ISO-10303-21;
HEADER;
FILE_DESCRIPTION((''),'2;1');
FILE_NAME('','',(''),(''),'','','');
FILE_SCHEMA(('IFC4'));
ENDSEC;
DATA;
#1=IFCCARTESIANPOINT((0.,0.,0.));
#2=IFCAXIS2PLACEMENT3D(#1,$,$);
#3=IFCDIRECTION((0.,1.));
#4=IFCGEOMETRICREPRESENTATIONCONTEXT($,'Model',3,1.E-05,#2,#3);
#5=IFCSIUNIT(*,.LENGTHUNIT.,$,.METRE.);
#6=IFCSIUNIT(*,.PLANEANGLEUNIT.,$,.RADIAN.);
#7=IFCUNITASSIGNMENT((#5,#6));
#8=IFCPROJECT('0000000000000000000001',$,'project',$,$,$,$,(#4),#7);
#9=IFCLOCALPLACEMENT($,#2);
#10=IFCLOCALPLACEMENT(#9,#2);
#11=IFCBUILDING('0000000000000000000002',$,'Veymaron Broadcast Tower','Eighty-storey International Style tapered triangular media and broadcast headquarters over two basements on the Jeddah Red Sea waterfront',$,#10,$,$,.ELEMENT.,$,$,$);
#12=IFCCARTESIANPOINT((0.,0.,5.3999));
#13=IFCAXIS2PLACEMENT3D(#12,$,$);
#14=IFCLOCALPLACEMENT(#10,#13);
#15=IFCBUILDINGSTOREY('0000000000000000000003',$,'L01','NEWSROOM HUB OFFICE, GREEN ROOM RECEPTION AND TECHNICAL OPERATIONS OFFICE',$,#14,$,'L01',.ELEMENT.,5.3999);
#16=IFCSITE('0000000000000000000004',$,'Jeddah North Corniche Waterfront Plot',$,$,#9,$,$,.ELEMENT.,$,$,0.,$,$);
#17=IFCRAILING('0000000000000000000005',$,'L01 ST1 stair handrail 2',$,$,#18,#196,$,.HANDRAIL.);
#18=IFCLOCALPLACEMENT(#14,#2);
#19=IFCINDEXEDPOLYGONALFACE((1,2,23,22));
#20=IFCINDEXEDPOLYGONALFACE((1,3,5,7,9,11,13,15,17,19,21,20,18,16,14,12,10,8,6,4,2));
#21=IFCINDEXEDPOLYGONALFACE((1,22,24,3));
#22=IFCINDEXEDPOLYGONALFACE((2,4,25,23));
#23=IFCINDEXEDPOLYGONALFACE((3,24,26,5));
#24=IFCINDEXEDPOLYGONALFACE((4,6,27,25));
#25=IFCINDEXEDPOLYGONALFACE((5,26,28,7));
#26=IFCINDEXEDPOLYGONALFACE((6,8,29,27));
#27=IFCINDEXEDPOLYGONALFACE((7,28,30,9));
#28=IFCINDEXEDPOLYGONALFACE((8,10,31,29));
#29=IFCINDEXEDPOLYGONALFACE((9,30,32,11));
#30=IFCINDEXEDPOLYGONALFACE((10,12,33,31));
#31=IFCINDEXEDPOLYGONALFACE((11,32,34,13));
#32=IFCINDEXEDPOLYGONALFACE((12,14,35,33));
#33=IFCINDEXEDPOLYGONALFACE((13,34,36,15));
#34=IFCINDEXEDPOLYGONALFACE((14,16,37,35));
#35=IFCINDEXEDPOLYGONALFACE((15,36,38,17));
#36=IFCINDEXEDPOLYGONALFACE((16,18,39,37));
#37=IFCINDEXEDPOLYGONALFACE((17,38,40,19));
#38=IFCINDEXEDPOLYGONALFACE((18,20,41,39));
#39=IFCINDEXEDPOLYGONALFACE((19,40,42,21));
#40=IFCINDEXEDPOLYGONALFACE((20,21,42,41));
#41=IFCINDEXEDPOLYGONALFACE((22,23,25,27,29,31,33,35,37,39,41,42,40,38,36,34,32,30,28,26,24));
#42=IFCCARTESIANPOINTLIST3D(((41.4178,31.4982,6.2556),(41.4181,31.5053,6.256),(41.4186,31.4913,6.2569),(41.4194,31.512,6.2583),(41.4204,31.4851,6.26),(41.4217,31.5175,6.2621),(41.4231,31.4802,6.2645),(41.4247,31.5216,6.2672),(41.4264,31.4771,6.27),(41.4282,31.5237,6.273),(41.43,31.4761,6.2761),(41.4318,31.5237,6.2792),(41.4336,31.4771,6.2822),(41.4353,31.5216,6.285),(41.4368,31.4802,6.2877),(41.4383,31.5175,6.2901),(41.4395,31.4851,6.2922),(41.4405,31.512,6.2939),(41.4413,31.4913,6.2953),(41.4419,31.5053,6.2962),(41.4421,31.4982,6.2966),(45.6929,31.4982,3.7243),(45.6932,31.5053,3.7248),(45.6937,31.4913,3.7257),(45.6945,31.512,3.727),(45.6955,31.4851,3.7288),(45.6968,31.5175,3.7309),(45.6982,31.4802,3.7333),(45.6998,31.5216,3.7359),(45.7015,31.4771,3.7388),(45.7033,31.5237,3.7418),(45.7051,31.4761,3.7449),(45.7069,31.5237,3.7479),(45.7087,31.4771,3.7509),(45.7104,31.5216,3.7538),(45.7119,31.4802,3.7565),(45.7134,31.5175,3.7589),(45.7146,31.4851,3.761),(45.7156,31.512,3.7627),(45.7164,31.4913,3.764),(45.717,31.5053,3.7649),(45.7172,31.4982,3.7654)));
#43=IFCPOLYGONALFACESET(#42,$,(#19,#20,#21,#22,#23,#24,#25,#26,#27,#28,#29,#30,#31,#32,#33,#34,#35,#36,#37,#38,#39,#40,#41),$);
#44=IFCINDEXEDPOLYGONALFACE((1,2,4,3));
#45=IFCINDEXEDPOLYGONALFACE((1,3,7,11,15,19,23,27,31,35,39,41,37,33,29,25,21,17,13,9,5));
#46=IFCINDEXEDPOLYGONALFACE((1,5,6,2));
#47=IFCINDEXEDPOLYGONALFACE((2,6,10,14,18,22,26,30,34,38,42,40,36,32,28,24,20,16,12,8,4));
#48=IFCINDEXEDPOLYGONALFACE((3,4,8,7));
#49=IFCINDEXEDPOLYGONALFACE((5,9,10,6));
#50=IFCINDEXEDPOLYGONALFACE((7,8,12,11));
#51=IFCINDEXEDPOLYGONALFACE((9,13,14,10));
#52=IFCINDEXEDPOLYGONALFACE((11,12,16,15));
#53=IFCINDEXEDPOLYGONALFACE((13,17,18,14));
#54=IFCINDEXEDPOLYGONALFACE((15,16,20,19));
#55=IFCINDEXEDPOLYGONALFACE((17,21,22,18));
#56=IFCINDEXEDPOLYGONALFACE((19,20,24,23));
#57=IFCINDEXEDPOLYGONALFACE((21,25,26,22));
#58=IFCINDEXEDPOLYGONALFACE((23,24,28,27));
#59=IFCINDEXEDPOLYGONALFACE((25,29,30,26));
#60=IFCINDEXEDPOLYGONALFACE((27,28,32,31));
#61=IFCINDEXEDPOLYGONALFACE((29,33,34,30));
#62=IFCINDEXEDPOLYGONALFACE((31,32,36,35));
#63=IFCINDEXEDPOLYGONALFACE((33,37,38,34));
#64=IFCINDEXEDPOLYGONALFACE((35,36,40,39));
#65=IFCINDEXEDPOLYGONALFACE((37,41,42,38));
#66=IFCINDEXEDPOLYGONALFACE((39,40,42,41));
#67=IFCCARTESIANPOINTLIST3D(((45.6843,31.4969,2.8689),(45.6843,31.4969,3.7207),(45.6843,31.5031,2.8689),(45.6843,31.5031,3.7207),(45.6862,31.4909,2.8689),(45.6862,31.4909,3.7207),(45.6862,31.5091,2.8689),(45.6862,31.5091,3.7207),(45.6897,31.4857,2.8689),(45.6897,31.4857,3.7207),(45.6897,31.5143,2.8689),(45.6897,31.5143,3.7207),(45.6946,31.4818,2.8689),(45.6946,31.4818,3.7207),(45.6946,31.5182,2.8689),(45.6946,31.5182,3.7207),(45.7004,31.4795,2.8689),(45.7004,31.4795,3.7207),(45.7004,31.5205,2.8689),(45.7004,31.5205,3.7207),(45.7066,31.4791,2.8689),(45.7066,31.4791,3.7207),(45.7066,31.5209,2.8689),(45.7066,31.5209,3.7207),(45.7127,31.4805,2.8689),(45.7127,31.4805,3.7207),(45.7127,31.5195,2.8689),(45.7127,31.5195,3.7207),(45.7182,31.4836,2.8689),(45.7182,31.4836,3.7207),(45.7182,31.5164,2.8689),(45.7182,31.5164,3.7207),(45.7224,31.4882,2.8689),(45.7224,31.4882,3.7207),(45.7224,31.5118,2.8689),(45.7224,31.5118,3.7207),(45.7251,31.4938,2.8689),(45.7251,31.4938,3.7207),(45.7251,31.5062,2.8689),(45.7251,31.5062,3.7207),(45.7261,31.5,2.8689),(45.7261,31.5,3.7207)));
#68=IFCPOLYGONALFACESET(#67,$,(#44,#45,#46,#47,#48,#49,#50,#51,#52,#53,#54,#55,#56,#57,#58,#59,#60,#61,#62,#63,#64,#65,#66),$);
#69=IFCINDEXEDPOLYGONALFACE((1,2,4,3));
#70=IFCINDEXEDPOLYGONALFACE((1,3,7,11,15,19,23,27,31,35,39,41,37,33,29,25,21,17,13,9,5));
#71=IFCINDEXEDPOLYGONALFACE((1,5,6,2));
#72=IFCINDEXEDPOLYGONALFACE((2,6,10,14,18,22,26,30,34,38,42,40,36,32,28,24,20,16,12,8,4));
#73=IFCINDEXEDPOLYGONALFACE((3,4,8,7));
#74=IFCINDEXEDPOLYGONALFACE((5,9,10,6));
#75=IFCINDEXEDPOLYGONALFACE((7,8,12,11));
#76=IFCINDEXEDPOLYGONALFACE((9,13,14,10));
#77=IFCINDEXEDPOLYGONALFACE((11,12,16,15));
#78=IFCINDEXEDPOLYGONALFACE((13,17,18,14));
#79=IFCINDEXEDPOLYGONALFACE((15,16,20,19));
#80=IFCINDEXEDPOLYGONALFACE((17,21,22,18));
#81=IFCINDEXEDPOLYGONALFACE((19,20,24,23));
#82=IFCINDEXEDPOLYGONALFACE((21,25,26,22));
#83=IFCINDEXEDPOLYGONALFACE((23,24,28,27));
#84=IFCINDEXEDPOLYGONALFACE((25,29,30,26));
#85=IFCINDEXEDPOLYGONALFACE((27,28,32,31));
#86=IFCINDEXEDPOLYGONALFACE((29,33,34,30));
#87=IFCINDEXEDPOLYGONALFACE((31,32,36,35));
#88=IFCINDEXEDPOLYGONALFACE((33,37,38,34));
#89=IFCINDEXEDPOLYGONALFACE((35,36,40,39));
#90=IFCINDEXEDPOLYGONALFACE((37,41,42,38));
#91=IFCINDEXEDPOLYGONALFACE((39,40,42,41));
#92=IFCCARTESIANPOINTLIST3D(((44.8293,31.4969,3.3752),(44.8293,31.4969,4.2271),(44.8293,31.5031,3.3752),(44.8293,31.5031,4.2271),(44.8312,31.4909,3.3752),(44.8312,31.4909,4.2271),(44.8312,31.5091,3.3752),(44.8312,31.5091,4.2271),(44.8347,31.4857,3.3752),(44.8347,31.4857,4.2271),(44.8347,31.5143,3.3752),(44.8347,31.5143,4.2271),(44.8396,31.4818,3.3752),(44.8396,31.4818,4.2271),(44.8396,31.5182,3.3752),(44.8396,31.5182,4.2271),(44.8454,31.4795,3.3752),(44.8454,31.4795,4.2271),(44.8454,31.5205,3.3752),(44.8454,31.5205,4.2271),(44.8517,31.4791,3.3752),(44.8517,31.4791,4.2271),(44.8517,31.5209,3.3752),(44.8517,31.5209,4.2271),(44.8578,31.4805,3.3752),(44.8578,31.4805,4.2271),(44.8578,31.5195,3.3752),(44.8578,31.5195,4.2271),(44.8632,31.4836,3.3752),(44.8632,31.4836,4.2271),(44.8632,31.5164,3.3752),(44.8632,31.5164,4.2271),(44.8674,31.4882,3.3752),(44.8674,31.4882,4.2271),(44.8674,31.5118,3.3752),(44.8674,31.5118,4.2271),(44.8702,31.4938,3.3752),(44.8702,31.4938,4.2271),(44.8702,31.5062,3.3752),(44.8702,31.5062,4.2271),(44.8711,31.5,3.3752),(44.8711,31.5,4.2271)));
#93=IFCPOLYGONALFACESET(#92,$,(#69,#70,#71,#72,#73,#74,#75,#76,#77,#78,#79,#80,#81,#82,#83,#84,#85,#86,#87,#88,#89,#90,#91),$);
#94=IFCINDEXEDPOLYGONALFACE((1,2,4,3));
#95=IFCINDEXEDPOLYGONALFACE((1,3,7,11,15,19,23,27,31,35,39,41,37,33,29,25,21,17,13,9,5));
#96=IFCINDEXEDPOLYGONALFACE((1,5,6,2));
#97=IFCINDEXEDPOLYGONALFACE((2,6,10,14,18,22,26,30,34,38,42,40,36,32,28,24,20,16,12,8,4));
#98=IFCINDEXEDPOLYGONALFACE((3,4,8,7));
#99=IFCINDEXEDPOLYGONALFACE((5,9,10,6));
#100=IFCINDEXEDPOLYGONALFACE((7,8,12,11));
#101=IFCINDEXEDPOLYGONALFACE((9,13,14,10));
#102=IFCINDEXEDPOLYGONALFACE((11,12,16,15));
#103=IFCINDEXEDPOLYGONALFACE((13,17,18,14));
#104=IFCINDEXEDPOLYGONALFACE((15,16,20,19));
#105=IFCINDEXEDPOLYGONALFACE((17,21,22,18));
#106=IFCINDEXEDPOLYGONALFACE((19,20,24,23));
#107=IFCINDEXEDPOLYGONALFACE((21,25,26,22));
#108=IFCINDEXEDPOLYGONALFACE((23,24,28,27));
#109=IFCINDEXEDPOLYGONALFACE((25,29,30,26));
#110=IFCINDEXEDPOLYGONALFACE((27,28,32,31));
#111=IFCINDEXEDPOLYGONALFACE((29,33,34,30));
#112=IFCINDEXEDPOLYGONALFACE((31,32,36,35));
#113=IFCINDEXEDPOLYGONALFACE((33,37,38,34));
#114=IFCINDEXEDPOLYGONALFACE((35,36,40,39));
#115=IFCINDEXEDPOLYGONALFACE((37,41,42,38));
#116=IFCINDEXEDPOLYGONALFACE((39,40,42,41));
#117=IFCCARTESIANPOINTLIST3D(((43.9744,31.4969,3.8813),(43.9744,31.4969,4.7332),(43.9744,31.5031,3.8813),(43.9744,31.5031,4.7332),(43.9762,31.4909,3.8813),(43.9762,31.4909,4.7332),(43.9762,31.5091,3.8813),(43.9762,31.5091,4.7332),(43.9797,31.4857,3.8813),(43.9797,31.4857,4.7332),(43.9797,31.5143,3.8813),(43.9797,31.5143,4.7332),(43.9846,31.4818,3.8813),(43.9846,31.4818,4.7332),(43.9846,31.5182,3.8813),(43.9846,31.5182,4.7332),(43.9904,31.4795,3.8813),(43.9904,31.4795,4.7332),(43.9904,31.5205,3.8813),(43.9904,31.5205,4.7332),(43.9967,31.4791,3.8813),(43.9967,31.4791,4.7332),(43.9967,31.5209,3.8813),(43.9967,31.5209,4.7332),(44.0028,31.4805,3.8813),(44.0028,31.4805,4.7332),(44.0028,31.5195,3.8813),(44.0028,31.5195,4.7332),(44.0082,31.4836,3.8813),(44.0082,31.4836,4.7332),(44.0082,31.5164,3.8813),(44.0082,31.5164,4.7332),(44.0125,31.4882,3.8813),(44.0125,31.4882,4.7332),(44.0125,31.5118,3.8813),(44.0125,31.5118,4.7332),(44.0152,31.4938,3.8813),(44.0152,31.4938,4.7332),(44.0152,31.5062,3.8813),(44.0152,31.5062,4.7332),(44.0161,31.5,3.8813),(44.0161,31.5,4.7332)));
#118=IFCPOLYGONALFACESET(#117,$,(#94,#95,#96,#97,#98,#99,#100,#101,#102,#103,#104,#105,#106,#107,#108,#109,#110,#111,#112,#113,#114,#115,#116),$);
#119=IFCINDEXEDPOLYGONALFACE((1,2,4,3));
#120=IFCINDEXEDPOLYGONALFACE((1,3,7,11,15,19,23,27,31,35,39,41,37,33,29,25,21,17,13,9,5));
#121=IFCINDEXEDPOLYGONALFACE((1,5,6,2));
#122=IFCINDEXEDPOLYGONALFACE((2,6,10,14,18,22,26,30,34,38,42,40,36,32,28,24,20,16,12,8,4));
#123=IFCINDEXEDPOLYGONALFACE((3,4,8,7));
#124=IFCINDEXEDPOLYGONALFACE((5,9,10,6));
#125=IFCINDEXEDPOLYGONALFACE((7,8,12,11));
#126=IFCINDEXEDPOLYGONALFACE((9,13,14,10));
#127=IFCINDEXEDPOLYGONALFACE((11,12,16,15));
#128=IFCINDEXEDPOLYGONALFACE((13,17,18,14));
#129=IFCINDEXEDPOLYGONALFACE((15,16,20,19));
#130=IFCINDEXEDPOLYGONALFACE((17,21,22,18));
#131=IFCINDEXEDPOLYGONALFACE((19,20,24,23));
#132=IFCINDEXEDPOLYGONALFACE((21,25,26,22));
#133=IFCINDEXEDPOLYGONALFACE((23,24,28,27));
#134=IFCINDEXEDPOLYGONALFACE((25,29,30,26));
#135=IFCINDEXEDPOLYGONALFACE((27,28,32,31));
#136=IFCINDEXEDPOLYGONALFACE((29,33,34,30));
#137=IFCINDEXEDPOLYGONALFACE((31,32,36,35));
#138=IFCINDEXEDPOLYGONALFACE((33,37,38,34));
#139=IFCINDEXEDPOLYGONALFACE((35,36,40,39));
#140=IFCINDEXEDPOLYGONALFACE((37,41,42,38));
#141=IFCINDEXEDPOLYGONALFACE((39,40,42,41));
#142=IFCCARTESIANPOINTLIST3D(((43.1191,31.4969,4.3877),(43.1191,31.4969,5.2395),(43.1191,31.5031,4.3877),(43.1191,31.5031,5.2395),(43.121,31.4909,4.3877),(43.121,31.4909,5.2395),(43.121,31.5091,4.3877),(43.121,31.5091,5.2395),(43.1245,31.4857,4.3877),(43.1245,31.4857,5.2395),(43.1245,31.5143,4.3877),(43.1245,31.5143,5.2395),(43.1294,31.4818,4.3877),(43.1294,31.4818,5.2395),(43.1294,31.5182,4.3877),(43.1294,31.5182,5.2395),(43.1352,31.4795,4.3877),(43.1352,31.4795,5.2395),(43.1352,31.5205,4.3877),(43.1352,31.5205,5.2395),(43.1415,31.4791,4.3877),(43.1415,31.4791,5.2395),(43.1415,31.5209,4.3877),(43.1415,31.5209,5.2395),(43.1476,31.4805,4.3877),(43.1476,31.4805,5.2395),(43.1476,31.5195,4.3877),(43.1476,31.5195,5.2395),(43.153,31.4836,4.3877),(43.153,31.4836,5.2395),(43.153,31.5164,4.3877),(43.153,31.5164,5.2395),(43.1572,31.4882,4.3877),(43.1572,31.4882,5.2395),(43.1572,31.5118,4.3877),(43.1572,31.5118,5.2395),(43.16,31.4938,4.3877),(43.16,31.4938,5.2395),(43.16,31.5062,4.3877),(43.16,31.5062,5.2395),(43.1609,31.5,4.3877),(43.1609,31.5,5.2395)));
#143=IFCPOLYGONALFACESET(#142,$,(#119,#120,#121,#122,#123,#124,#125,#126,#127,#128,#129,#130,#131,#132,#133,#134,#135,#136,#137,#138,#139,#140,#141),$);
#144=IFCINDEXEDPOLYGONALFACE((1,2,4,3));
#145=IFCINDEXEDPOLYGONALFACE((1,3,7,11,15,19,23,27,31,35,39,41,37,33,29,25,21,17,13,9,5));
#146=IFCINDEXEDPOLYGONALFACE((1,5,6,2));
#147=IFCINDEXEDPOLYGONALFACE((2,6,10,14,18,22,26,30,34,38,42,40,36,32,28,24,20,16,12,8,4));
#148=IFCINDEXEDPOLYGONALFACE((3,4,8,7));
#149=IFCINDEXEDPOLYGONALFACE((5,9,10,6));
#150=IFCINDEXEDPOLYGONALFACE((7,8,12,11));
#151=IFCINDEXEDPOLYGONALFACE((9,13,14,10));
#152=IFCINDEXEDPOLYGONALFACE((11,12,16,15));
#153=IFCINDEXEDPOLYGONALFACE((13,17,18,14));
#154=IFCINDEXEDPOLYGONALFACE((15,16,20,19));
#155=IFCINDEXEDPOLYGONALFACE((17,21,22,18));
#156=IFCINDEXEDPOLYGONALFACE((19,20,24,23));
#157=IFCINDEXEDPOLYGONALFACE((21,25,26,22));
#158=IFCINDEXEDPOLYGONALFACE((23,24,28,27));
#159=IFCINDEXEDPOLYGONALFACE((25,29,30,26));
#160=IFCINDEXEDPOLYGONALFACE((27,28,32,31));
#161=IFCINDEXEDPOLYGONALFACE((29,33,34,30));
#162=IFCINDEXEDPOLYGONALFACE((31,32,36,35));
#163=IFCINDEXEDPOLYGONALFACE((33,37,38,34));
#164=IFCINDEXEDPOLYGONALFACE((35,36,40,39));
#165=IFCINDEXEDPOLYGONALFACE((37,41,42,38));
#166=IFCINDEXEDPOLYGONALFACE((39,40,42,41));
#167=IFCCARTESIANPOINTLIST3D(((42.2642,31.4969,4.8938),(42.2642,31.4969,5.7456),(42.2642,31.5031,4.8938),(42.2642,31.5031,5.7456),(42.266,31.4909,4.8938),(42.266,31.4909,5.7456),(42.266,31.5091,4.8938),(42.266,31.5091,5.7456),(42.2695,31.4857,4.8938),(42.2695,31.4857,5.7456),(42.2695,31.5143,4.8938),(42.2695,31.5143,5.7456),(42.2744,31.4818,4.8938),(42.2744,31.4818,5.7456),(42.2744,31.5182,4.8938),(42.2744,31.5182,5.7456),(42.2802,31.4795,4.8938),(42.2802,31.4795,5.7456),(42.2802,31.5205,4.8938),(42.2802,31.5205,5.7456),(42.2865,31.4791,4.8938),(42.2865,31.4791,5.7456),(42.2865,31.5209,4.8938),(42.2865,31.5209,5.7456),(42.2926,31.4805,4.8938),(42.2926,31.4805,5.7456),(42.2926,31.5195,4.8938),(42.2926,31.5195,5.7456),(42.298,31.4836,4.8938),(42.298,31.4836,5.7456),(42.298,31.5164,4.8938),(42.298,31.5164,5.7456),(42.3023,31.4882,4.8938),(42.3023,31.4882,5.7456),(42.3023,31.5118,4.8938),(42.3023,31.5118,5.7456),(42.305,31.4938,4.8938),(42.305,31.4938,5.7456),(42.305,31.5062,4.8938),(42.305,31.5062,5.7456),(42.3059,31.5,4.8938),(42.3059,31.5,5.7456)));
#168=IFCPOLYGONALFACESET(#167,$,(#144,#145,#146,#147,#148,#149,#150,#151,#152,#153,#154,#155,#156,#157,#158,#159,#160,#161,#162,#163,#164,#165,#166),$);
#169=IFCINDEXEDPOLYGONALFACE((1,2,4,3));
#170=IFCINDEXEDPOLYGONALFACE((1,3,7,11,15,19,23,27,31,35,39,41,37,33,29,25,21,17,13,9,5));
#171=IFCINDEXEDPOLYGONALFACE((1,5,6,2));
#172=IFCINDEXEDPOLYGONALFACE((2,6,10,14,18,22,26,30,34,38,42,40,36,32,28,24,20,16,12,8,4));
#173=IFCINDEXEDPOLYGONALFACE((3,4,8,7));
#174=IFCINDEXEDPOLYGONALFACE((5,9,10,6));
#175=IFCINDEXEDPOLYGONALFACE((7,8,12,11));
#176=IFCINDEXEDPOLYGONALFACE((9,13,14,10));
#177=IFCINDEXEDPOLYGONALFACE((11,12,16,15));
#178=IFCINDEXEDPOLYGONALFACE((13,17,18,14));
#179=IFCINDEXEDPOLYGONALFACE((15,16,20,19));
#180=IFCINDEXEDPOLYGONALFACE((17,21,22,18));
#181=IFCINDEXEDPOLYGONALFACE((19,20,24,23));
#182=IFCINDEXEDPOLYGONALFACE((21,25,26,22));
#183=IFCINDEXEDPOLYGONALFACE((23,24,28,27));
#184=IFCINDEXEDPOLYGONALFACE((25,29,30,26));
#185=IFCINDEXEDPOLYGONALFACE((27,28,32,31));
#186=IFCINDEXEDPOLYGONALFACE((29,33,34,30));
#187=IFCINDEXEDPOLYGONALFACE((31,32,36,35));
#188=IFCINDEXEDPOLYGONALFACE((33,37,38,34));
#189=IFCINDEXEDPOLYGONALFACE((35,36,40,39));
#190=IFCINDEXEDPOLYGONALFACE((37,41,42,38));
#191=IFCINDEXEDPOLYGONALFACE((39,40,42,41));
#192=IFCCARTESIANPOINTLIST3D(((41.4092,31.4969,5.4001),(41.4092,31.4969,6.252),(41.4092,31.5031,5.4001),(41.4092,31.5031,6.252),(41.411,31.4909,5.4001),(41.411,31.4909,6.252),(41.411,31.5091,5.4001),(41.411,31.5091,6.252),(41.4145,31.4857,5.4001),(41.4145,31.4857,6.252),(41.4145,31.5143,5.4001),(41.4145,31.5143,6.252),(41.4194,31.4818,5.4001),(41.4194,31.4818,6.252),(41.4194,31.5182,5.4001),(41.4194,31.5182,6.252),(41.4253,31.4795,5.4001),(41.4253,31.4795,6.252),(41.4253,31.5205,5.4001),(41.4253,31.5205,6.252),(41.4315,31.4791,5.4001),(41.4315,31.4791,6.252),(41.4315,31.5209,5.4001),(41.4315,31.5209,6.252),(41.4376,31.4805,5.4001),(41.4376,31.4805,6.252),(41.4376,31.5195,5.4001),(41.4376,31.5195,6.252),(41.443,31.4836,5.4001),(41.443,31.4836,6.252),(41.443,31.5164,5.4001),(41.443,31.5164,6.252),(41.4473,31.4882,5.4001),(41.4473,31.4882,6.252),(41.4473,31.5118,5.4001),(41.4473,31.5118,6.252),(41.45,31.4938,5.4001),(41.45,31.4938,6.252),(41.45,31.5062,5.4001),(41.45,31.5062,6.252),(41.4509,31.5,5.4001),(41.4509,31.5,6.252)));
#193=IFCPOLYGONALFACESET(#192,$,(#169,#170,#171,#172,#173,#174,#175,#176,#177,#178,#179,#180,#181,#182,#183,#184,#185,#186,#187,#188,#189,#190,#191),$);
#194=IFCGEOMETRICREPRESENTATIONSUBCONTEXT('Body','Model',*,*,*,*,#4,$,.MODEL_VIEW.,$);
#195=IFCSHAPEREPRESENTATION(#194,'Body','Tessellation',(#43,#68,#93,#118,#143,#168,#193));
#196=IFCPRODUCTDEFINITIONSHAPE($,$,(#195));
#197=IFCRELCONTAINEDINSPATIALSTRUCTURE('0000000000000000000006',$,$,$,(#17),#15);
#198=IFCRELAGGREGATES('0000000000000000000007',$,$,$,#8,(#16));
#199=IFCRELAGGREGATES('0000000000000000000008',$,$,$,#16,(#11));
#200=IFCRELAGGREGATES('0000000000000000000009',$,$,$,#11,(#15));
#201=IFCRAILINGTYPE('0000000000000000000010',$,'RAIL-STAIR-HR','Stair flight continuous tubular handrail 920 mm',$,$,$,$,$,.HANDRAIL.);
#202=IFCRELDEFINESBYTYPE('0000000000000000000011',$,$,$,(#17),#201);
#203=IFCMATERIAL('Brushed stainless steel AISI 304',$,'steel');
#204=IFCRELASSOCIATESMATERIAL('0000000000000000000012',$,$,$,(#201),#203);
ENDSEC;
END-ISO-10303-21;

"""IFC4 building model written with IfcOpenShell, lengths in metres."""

from ifc_helpers import new_model, si_unit, direction, frame, origin, origin_2d, place, context, subcontext, project, spatial, circle, extrude, material, type_object, element, save


model = new_model("IFC4")

# Units and contexts
model_context = context("Model", 3, precision=1e-05, world=origin(), true_north=direction((0.0, 1.0)))
body_context = subcontext(model_context, "Body", "Model", "MODEL_VIEW")
ifc_project = project(units=[si_unit("LENGTHUNIT", "METRE"), si_unit("PLANEANGLEUNIT", "RADIAN")], contexts=[model_context])

# Site, building, storey
site_placement = place(None, origin())
site = spatial("IfcSite", under=ifc_project, at=site_placement, Name="Jeddah North Corniche Waterfront Plot", CompositionType="ELEMENT", RefElevation=0.0)
building_placement = place(site_placement, origin())
building = spatial("IfcBuilding", under=site, at=building_placement, Name="Veymaron Broadcast Tower", Description="Eighty-storey International Style tapered triangular media and broadcast headquarters over two basements on the Jeddah Red Sea waterfront", CompositionType="ELEMENT")
storey_placement = place(building_placement, frame((0.0, 0.0, 5.3999)))
storey = spatial("IfcBuildingStorey", under=building, at=storey_placement, Name="L01", Description="NEWSROOM HUB OFFICE, GREEN ROOM RECEPTION AND TECHNICAL OPERATIONS OFFICE", LongName="L01", CompositionType="ELEMENT", Elevation=5.3999)

# Shared definitions
ifc_material_1 = material(Name="Brushed stainless steel AISI 304", Category="steel")

# Railing
railing_type_1 = type_object("IfcRailingType", Name="RAIL-STAIR-HR", Description="Stair flight continuous tubular handrail 920 mm", PredefinedType="HANDRAIL", material=ifc_material_1)
railing_1_placement = place(storey_placement, frame((45.7051, 31.5, 2.8689)))
element("IfcRailing", 1, at=railing_1_placement, inside=storey, type_object=railing_type_1, Name="L01 ST1 stair handrail 2", PredefinedType="HANDRAIL", context=body_context, shape_type="SweptSolid", body=[
    extrude(circle(Radius=0.0239, at=origin_2d()), frame((0.0, 0.0, 0.876), z_axis=(-0.860483, 0.0, 0.509479), x_axis=(0.0, -1.0, 0.0)), (0.0, 0.0, 1.0), 4.9683),
    extrude(circle(Radius=0.021, at=origin_2d()), origin(), (0.0, 0.0, 1.0), 0.8518),
    extrude(circle(Radius=0.021, at=origin_2d()), frame((-0.855, 0.0, 0.5063)), (0.0, 0.0, 1.0), 0.8518),
    extrude(circle(Radius=0.021, at=origin_2d()), frame((-1.71, 0.0, 1.0125)), (0.0, 0.0, 1.0), 0.8518),
    extrude(circle(Radius=0.021, at=origin_2d()), frame((-2.5652, 0.0, 1.5188)), (0.0, 0.0, 1.0), 0.8518),
    extrude(circle(Radius=0.021, at=origin_2d()), frame((-3.4202, 0.0, 2.0249)), (0.0, 0.0, 1.0), 0.8518),
    extrude(circle(Radius=0.021, at=origin_2d()), frame((-4.2751, 0.0, 2.5312)), (0.0, 0.0, 1.0), 0.8518),
])

save(model, "model.ifc")
